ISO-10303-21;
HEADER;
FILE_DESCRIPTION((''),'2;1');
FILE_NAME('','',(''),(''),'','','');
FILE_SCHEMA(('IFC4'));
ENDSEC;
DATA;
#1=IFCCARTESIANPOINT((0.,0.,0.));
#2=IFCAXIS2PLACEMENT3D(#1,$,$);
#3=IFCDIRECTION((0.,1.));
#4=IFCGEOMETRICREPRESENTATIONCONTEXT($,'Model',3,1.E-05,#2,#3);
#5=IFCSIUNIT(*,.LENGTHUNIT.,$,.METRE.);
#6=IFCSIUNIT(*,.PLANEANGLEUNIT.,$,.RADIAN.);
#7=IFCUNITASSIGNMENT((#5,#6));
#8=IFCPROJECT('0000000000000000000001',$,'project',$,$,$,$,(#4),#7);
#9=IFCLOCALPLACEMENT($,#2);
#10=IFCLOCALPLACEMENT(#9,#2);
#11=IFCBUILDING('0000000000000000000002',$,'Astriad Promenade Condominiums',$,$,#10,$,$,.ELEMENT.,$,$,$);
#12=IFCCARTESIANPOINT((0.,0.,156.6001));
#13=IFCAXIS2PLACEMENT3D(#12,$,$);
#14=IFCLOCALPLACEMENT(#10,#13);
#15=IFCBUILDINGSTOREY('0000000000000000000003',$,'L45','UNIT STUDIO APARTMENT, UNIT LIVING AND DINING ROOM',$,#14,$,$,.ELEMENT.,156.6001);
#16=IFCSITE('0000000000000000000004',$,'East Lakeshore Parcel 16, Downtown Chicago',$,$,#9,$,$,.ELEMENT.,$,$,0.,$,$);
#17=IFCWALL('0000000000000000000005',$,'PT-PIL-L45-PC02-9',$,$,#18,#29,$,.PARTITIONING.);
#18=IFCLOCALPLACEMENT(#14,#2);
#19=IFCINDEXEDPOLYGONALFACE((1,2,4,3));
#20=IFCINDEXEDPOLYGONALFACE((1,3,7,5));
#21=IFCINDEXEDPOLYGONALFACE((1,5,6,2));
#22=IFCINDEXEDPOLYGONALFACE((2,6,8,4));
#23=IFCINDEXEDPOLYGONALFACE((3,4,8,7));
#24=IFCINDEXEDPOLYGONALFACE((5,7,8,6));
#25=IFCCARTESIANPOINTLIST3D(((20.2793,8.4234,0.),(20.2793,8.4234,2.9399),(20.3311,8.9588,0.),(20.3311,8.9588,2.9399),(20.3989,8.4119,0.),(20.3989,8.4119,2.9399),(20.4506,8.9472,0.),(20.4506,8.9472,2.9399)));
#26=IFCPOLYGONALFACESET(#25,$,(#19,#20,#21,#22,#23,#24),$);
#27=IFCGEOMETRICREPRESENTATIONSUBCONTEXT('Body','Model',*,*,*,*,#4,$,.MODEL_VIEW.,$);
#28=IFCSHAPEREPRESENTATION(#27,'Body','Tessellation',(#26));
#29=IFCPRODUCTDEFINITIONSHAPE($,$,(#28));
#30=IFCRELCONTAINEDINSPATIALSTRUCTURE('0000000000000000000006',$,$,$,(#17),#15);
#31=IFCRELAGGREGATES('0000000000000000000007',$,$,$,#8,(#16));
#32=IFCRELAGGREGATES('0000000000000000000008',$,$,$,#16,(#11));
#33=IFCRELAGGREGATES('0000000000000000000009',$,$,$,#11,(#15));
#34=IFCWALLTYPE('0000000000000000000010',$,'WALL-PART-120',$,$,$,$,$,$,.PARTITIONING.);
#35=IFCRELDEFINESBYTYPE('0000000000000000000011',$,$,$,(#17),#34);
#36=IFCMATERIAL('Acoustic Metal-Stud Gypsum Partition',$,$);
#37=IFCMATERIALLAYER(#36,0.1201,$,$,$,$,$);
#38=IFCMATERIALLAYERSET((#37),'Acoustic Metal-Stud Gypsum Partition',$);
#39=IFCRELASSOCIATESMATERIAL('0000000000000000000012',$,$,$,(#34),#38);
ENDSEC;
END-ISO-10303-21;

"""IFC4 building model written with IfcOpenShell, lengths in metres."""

from ifc_helpers import new_model, si_unit, direction, frame, frame_2d, origin, place, context, subcontext, project, spatial, rectangle, extrude, material, layer, layer_set, type_object, element, save


model = new_model("IFC4")

# Units and contexts
model_context = context("Model", 3, precision=1e-05, world=origin(), true_north=direction((0.0, 1.0)))
body_context = subcontext(model_context, "Body", "Model", "MODEL_VIEW")
ifc_project = project(units=[si_unit("LENGTHUNIT", "METRE"), si_unit("PLANEANGLEUNIT", "RADIAN")], contexts=[model_context])

# Site, building, storey
site_placement = place(None, origin())
site = spatial("IfcSite", under=ifc_project, at=site_placement, Name="East Lakeshore Parcel 16, Downtown Chicago", CompositionType="ELEMENT", RefElevation=0.0)
building_placement = place(site_placement, origin())
building = spatial("IfcBuilding", under=site, at=building_placement, Name="Astriad Promenade Condominiums", CompositionType="ELEMENT")
storey_placement = place(building_placement, frame((0.0, 0.0, 156.6001)))
storey = spatial("IfcBuildingStorey", under=building, at=storey_placement, Name="L45", Description="UNIT STUDIO APARTMENT, UNIT LIVING AND DINING ROOM", CompositionType="ELEMENT", Elevation=156.6001)

# Shared definitions
ifc_material_1 = material(Name="Acoustic Metal-Stud Gypsum Partition")
ifc_layer_1 = layer(ifc_material_1, 0.1201)
ifc_layer_set_1 = layer_set([ifc_layer_1], Name="Acoustic Metal-Stud Gypsum Partition")
wall_type_1 = type_object("IfcWallType", Name="WALL-PART-120", PredefinedType="PARTITIONING", material=ifc_layer_set_1)

# Wall
wall_1_placement = place(storey_placement, frame((20.3909, 8.9531, 0.0), z_axis=(0.0, 0.0, 1.0), x_axis=(-0.096223, -0.99536, 0.0)))
element("IfcWall", 1, at=wall_1_placement, inside=storey, type_object=wall_type_1, Name="PT-PIL-L45-PC02-9", PredefinedType="PARTITIONING", context=body_context, shape_type="SweptSolid", body=[
    extrude(rectangle(XDim=0.5378, YDim=0.1201, at=frame_2d((0.269, 0.0))), origin(), (0.0, 0.0, 1.0), 2.9399),
])

save(model, "model.ifc")
